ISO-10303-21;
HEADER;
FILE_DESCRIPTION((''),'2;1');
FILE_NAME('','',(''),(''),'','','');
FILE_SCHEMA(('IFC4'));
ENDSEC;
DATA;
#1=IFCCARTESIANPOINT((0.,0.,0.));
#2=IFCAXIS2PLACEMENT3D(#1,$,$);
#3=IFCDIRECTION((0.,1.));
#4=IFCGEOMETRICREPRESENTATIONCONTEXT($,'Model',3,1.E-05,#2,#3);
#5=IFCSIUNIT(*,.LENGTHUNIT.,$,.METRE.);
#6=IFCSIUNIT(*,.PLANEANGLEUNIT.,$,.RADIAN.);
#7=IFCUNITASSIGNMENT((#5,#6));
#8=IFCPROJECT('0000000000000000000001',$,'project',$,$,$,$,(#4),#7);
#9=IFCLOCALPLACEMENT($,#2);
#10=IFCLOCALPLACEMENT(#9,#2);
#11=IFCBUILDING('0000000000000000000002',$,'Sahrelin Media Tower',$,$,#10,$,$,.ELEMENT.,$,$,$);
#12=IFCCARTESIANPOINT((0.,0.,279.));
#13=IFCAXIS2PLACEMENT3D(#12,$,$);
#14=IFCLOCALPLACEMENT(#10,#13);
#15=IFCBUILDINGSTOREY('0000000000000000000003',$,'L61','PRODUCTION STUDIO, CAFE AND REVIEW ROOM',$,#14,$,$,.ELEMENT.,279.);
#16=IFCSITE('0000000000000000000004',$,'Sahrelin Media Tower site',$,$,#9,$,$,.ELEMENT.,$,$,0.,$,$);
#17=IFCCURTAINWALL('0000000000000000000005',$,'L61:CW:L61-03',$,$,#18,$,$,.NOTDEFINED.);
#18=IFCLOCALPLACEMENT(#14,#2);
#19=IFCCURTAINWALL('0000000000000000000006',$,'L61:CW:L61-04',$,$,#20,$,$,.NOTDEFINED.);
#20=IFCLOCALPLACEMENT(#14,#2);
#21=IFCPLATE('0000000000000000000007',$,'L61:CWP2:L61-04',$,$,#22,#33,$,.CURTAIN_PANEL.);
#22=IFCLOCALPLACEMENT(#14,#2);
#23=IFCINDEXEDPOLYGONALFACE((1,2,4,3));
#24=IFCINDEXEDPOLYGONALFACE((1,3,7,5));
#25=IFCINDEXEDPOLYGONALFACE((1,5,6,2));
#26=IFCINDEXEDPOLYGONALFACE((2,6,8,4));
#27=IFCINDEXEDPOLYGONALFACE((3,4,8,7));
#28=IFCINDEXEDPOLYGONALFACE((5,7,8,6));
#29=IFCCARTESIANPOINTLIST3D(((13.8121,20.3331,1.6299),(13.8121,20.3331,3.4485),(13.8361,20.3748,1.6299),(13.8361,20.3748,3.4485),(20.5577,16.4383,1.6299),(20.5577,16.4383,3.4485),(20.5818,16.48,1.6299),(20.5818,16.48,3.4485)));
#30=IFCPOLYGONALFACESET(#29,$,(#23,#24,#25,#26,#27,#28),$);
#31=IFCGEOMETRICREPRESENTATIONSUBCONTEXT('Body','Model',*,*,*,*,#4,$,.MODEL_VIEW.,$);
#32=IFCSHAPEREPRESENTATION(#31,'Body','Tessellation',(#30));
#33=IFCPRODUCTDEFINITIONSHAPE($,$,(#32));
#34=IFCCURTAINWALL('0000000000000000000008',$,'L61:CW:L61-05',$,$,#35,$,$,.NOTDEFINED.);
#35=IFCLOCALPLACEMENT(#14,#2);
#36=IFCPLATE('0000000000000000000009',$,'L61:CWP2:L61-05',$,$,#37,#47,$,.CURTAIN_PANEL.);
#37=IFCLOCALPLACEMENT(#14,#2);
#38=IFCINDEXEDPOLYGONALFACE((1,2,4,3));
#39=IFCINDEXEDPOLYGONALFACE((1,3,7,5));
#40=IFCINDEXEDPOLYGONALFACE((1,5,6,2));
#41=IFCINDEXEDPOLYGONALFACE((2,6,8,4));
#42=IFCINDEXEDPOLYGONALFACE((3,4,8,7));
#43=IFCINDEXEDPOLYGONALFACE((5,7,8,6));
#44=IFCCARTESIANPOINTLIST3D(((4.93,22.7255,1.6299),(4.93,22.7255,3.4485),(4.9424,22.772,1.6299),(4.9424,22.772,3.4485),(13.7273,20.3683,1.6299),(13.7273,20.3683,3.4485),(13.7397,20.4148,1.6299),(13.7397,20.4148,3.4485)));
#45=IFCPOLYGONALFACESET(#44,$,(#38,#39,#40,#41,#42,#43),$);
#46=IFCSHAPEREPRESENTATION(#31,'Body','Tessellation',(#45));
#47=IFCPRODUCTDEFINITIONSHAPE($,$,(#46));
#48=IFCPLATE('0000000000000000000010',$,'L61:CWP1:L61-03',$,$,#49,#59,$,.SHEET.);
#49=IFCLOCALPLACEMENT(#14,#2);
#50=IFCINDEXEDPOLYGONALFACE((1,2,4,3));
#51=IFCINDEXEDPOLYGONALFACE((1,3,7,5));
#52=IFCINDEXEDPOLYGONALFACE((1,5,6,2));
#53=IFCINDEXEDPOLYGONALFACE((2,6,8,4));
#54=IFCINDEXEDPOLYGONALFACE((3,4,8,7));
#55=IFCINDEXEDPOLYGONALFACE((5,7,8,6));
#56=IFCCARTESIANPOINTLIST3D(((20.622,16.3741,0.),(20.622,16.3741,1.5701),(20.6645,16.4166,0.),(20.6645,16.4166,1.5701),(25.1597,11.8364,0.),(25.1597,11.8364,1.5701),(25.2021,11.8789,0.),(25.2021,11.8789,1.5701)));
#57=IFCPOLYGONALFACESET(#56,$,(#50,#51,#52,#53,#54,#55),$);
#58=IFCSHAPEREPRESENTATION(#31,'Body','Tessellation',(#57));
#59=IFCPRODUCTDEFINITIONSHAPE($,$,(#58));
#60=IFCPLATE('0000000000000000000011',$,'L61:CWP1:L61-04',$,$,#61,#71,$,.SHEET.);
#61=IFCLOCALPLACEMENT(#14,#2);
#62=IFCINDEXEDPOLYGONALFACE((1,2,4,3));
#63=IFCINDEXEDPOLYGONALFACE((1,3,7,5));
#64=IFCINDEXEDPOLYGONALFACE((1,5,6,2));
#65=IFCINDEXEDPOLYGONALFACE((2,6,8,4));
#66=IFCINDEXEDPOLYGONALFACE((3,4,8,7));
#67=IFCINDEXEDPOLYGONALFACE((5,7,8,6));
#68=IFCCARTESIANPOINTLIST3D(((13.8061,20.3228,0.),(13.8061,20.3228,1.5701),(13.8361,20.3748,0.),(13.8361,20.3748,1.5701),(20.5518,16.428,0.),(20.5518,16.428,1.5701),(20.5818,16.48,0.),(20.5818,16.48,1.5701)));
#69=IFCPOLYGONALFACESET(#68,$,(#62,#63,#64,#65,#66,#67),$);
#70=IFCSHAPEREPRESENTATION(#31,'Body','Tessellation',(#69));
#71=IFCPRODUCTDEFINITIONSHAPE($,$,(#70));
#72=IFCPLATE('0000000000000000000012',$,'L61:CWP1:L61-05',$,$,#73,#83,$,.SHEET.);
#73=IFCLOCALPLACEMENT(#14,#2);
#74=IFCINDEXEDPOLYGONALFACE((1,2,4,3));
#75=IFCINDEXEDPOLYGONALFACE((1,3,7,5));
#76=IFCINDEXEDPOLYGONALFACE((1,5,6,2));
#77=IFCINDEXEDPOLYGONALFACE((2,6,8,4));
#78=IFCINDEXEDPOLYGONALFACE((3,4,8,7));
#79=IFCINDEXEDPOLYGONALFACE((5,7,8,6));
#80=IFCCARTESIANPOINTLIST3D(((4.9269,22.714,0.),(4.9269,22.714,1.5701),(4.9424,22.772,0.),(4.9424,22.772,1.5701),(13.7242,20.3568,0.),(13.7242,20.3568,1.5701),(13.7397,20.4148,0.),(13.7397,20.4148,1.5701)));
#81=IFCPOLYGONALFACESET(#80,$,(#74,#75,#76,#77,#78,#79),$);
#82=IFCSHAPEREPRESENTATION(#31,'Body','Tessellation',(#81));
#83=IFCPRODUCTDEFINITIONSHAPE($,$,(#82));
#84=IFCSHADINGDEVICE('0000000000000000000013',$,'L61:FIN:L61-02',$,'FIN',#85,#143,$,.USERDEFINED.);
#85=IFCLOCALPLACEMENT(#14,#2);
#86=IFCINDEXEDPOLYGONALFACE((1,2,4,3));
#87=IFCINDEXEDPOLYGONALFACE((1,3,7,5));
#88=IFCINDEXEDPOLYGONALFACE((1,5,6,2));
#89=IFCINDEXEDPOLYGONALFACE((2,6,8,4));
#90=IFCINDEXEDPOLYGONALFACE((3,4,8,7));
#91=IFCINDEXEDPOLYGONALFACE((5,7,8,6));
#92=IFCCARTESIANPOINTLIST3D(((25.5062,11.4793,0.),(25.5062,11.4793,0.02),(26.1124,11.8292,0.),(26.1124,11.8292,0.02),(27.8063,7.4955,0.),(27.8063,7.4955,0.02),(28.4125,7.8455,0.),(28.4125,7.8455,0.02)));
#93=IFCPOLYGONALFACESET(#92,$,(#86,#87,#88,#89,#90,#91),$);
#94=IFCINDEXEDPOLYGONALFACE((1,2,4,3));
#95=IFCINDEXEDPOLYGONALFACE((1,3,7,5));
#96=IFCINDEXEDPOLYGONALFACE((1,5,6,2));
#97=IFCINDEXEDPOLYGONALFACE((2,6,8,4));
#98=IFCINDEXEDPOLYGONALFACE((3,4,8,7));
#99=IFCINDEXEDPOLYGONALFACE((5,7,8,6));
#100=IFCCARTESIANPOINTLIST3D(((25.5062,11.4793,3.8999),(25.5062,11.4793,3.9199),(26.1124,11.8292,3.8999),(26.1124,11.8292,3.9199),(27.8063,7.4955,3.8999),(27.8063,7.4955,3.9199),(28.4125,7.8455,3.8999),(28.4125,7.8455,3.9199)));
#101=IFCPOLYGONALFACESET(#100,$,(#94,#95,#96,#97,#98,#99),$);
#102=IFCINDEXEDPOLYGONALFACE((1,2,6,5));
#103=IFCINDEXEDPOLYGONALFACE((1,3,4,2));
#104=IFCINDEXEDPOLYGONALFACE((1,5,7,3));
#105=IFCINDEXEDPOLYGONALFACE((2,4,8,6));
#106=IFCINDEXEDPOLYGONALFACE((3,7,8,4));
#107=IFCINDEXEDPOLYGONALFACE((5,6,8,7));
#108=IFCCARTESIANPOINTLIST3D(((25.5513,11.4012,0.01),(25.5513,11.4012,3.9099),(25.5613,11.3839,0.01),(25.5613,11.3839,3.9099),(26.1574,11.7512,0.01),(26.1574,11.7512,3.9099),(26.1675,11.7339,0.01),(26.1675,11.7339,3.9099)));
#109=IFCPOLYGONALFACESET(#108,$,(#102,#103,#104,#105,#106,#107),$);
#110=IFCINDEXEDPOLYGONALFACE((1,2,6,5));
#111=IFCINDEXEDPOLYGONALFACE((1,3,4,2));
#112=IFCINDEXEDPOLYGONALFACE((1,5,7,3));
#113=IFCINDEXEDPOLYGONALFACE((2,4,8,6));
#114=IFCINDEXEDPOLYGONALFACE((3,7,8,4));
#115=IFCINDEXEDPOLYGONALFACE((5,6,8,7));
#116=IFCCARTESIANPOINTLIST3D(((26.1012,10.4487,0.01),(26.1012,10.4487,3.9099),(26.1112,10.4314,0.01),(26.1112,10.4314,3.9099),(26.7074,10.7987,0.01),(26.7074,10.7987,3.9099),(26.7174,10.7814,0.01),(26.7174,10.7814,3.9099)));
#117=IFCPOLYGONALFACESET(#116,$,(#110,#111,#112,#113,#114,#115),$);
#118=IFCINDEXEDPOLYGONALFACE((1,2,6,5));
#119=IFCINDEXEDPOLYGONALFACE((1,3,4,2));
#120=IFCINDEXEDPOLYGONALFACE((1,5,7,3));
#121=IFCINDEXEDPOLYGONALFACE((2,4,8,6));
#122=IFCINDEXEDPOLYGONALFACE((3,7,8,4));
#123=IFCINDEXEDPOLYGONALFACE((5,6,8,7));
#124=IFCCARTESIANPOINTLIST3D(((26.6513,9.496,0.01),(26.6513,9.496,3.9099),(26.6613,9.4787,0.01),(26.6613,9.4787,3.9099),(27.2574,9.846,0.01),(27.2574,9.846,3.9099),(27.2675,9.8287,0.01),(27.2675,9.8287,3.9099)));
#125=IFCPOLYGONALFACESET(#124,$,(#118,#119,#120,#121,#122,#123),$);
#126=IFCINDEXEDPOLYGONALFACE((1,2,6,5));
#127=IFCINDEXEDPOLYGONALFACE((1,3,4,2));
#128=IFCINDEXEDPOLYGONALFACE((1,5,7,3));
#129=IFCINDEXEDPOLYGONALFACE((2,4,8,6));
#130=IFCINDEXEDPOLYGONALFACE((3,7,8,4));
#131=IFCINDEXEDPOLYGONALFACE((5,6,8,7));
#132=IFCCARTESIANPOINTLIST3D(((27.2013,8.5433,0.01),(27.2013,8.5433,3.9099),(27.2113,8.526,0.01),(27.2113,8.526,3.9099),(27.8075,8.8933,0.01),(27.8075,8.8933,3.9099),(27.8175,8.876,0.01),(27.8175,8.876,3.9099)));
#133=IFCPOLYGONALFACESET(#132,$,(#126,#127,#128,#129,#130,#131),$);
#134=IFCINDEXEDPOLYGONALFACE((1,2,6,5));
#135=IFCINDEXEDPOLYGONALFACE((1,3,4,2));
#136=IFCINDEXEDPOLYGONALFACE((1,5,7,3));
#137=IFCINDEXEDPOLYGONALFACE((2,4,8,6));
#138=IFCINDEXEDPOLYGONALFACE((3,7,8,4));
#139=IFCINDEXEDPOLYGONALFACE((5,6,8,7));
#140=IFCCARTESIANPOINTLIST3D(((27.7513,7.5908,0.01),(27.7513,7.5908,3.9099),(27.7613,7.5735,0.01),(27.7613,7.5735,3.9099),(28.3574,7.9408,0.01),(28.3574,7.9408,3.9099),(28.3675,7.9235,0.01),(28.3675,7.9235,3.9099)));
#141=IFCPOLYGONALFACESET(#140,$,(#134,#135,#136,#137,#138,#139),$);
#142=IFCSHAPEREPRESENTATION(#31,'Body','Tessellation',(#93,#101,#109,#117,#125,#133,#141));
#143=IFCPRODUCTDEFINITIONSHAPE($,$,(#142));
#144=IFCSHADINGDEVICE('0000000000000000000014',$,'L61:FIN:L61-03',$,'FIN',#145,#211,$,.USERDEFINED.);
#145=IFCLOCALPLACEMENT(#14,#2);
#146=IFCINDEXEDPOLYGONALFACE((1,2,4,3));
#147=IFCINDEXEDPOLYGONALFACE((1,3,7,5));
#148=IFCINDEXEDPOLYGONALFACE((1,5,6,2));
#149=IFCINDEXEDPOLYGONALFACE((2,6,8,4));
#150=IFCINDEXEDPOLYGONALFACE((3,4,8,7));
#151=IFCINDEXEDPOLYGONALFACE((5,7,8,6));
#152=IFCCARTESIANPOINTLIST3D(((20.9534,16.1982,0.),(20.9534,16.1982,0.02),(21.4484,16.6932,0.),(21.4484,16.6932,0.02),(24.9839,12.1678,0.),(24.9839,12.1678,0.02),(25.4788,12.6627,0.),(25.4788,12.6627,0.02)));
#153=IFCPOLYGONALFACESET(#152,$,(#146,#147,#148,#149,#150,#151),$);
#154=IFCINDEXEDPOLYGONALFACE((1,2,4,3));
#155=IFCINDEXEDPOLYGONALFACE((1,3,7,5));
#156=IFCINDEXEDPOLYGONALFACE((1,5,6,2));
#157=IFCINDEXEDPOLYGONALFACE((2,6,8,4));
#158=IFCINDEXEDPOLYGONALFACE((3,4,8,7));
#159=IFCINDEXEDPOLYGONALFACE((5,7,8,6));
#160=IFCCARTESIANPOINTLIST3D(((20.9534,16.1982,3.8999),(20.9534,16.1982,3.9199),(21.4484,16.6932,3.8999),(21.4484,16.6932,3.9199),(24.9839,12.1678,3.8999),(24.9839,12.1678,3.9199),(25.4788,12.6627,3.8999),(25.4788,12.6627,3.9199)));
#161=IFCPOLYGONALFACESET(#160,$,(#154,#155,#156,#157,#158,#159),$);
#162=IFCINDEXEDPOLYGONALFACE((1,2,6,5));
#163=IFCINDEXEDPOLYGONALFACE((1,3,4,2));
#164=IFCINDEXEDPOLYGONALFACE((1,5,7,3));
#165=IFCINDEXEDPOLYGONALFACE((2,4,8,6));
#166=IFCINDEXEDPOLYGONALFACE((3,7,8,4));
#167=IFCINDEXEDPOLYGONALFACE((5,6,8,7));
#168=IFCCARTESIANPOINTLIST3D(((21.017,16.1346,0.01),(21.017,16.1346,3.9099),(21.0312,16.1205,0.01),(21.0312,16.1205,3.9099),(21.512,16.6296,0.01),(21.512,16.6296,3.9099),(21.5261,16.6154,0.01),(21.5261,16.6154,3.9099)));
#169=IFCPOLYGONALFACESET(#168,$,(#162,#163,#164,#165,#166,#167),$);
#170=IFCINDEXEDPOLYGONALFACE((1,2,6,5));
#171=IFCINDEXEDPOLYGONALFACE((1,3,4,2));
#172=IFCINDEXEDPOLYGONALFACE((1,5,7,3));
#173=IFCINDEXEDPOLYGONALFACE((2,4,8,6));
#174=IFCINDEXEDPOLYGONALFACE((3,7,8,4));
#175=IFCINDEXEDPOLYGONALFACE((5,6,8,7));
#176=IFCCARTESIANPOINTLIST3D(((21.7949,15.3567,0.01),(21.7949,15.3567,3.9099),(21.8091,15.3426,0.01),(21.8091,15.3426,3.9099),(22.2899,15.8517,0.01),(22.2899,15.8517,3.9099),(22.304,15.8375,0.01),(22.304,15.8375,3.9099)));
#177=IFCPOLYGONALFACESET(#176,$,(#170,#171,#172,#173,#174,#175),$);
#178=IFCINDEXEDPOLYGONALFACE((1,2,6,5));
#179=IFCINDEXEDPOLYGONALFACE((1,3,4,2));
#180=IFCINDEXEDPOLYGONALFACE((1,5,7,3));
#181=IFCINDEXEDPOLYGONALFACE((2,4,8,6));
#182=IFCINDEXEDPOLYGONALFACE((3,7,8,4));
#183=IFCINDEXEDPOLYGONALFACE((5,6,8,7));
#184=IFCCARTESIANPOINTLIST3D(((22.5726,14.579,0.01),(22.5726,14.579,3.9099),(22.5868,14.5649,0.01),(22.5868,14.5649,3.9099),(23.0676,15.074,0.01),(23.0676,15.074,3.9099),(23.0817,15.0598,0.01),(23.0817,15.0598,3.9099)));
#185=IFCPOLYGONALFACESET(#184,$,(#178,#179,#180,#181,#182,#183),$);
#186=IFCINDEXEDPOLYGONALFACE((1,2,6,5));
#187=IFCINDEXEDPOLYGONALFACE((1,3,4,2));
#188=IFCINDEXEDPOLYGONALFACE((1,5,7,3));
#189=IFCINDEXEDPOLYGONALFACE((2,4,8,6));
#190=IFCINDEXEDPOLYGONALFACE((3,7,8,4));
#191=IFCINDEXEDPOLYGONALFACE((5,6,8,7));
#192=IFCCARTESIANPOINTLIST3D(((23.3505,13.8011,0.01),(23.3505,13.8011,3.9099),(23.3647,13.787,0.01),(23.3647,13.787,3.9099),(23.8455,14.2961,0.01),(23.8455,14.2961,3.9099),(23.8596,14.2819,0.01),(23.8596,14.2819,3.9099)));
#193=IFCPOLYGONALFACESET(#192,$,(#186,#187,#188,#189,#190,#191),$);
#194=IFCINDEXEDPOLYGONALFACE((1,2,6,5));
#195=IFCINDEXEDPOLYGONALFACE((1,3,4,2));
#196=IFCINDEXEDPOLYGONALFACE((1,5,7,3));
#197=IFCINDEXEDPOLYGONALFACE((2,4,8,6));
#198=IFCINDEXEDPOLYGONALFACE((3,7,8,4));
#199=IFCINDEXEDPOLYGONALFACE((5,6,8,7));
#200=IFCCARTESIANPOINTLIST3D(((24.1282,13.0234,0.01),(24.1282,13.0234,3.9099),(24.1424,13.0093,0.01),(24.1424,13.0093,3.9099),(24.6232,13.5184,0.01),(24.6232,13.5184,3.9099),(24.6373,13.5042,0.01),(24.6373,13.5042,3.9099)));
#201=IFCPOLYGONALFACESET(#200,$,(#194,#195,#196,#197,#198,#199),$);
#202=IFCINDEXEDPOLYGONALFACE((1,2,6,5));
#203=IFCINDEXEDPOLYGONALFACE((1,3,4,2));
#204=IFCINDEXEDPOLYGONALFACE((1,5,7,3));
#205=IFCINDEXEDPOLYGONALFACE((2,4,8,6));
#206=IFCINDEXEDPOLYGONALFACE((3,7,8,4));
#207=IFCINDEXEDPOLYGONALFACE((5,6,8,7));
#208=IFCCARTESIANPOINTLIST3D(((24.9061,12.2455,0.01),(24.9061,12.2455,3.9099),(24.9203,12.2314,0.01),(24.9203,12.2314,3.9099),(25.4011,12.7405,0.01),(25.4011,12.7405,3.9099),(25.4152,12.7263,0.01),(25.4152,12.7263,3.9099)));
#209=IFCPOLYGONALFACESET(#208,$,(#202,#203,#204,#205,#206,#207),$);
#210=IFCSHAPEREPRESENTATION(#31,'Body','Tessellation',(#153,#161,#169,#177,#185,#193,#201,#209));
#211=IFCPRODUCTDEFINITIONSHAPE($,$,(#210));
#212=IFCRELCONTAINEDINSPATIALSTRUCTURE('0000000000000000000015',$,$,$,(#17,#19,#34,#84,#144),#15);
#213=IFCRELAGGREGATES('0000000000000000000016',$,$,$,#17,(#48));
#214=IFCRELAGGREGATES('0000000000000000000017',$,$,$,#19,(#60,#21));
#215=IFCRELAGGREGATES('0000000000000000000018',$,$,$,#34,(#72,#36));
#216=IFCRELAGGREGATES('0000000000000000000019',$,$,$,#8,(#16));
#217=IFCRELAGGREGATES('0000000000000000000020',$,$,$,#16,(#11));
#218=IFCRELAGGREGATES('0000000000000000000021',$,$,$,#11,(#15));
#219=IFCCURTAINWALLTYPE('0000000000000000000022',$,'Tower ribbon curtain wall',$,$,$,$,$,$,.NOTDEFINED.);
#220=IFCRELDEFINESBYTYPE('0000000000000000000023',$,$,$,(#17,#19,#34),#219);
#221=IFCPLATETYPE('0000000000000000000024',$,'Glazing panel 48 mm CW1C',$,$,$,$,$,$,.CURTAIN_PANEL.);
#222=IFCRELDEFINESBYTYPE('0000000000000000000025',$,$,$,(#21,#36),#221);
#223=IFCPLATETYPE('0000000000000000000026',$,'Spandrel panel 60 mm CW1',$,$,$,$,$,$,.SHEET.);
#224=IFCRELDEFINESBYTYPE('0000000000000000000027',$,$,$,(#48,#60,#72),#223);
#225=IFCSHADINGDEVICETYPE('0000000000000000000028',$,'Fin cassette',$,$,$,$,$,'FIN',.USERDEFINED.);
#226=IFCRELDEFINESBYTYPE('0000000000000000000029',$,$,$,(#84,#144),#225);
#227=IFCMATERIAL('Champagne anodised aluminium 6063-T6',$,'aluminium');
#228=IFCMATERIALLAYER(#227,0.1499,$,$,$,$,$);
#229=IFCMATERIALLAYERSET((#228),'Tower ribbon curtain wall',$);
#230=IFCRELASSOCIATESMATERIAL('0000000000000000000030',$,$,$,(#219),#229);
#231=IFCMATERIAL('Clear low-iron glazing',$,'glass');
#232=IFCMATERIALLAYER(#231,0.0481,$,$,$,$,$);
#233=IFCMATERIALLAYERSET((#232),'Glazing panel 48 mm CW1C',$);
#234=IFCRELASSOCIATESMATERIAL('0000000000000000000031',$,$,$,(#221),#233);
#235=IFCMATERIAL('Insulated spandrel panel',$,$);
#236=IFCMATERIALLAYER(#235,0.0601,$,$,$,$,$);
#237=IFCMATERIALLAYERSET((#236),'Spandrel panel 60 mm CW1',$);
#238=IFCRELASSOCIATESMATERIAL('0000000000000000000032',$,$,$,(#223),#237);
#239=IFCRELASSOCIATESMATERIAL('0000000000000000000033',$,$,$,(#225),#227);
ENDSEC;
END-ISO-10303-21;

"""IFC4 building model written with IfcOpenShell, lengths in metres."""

from ifc_helpers import new_model, si_unit, direction, frame, origin, origin_2d, place, context, subcontext, project, spatial, polyline, rectangle, outline, extrude, material, layer, layer_set, type_object, element, aggregate, save


model = new_model("IFC4")

# Units and contexts
model_context = context("Model", 3, precision=1e-05, world=origin(), true_north=direction((0.0, 1.0)))
body_context = subcontext(model_context, "Body", "Model", "MODEL_VIEW")
ifc_project = project(units=[si_unit("LENGTHUNIT", "METRE"), si_unit("PLANEANGLEUNIT", "RADIAN")], contexts=[model_context])

# Site, building, storey
site_placement = place(None, origin())
site = spatial("IfcSite", under=ifc_project, at=site_placement, Name="Sahrelin Media Tower site", CompositionType="ELEMENT", RefElevation=0.0)
building_placement = place(site_placement, origin())
building = spatial("IfcBuilding", under=site, at=building_placement, Name="Sahrelin Media Tower", CompositionType="ELEMENT")
storey_placement = place(building_placement, frame((0.0, 0.0, 279.0)))
storey = spatial("IfcBuildingStorey", under=building, at=storey_placement, Name="L61", Description="PRODUCTION STUDIO, CAFE AND REVIEW ROOM", CompositionType="ELEMENT", Elevation=279.0)

# Curtain walls
ifc_material_1 = material(Name="Champagne anodised aluminium 6063-T6", Category="aluminium")
ifc_layer_1 = layer(ifc_material_1, 0.1499)
ifc_layer_set_1 = layer_set([ifc_layer_1], Name="Tower ribbon curtain wall")
curtain_wall_type = type_object("IfcCurtainWallType", Name="Tower ribbon curtain wall", PredefinedType="NOTDEFINED", material=ifc_layer_set_1)
curtain_wall_1_placement = place(storey_placement, frame((22.9192, 14.1335, 0.0), z_axis=(0.0, 0.0, 1.0), x_axis=(1.0, 0.0, 0.0)))
curtain_wall_1 = element("IfcCurtainWall", 1, at=curtain_wall_1_placement, inside=storey, type_object=curtain_wall_type, Name="L61:CW:L61-03", PredefinedType="NOTDEFINED")
curtain_wall_2_placement = place(storey_placement, frame((17.199, 18.4102, 0.0), z_axis=(0.0, 0.0, 1.0), x_axis=(1.0, 0.0, 0.0)))
curtain_wall_2 = element("IfcCurtainWall", 2, at=curtain_wall_2_placement, inside=storey, type_object=curtain_wall_type, Name="L61:CW:L61-04", PredefinedType="NOTDEFINED")

# Plate
ifc_material_2 = material(Name="Clear low-iron glazing", Category="glass")
ifc_layer_2 = layer(ifc_material_2, 0.0481)
ifc_layer_set_2 = layer_set([ifc_layer_2], Name="Glazing panel 48 mm CW1C")
plate_type_1 = type_object("IfcPlateType", Name="Glazing panel 48 mm CW1C", PredefinedType="CURTAIN_PANEL", material=ifc_layer_set_2)
plate_1_placement = place(storey_placement, frame((20.5818, 16.48, 1.6299), z_axis=(0.500019, 0.866014, 0.0), x_axis=(-0.866014, 0.500019, 0.0)))
plate_1 = element("IfcPlate", 3, at=plate_1_placement, type_object=plate_type_1, Name="L61:CWP2:L61-04", PredefinedType="CURTAIN_PANEL", context=body_context, shape_type="SweptSolid", body=[
    extrude(outline(polyline([(0.0, 0.0), (7.7893, 0.0), (7.7893, 1.8186), (0.0, 1.8186), (0.0, 0.0)])), origin(), (0.0, 0.0, -1.0), 0.0481),
])

# Curtain wall, plate
curtain_wall_3_placement = place(storey_placement, frame((9.3359, 21.574, 0.0), z_axis=(0.0, 0.0, 1.0), x_axis=(1.0, 0.0, 0.0)))
curtain_wall_3 = element("IfcCurtainWall", 4, at=curtain_wall_3_placement, inside=storey, type_object=curtain_wall_type, Name="L61:CW:L61-05", PredefinedType="NOTDEFINED")
plate_2_placement = place(storey_placement, frame((13.7397, 20.4148, 1.6299), z_axis=(0.258812, 0.965928, 0.0), x_axis=(-0.965928, 0.258812, 0.0)))
plate_2 = element("IfcPlate", 5, at=plate_2_placement, type_object=plate_type_1, Name="L61:CWP2:L61-05", PredefinedType="CURTAIN_PANEL", context=body_context, shape_type="SweptSolid", body=[
    extrude(outline(polyline([(0.0, 0.0), (9.1077, 0.0), (9.1077, 1.8186), (0.0, 1.8186), (0.0, 0.0)])), origin(), (0.0, 0.0, -1.0), 0.0481),
])

# Plates
ifc_material_3 = material(Name="Insulated spandrel panel")
ifc_layer_3 = layer(ifc_material_3, 0.0601)
ifc_layer_set_3 = layer_set([ifc_layer_3], Name="Spandrel panel 60 mm CW1")
plate_type_2 = type_object("IfcPlateType", Name="Spandrel panel 60 mm CW1", PredefinedType="SHEET", material=ifc_layer_set_3)
plate_3_placement = place(storey_placement, frame((25.2021, 11.8789, 0.0), z_axis=(0.707107, 0.707107, 0.0), x_axis=(-0.707107, 0.707107, 0.0)))
plate_3 = element("IfcPlate", 6, at=plate_3_placement, type_object=plate_type_2, Name="L61:CWP1:L61-03", PredefinedType="SHEET", context=body_context, shape_type="SweptSolid", body=[
    extrude(outline(polyline([(0.0, 0.0), (6.4172, 0.0), (6.4172, 1.5701), (0.0, 1.5701), (0.0, 0.0)])), origin(), (0.0, 0.0, -1.0), 0.0601),
])
aggregate(curtain_wall_1, [plate_3])
plate_4_placement = place(storey_placement, frame((20.5818, 16.48, 0.0), z_axis=(0.500019, 0.866014, 0.0), x_axis=(-0.866014, 0.500019, 0.0)))
plate_4 = element("IfcPlate", 7, at=plate_4_placement, type_object=plate_type_2, Name="L61:CWP1:L61-04", PredefinedType="SHEET", context=body_context, shape_type="SweptSolid", body=[
    extrude(outline(polyline([(0.0, 0.0), (7.7893, 0.0), (7.7893, 1.5701), (0.0, 1.5701), (0.0, 0.0)])), origin(), (0.0, 0.0, -1.0), 0.0601),
])
aggregate(curtain_wall_2, [plate_4, plate_1])
plate_5_placement = place(storey_placement, frame((13.7397, 20.4148, 0.0), z_axis=(0.258812, 0.965928, 0.0), x_axis=(-0.965928, 0.258812, 0.0)))
plate_5 = element("IfcPlate", 8, at=plate_5_placement, type_object=plate_type_2, Name="L61:CWP1:L61-05", PredefinedType="SHEET", context=body_context, shape_type="SweptSolid", body=[
    extrude(outline(polyline([(0.0, 0.0), (9.1077, 0.0), (9.1077, 1.5701), (0.0, 1.5701), (0.0, 0.0)])), origin(), (0.0, 0.0, -1.0), 0.0601),
])
aggregate(curtain_wall_3, [plate_5, plate_2])

# Shading devices
shading_device_type_1 = type_object("IfcShadingDeviceType", Name="Fin cassette", ElementType="FIN", PredefinedType="USERDEFINED", material=ifc_material_1)
shading_device_1_placement = place(storey_placement, frame((26.5957, 9.4524, 0.0), z_axis=(0.0, 0.0, 1.0), x_axis=(0.500011, -0.866019, 0.0)))
element("IfcShadingDevice", 9, at=shading_device_1_placement, inside=storey, type_object=shading_device_type_1, Name="L61:FIN:L61-02", ObjectType="FIN", PredefinedType="USERDEFINED", context=body_context, shape_type="SweptSolid", body=[
    extrude(rectangle(XDim=4.6001, YDim=0.7, at=origin_2d()), frame((0.0, 0.4199, 0.0)), (0.0, 0.0, 1.0), 0.02),
    extrude(rectangle(XDim=4.6001, YDim=0.7, at=origin_2d()), frame((0.0, 0.4199, 3.8999)), (0.0, 0.0, 1.0), 0.02),
    extrude(rectangle(XDim=0.02, YDim=0.7, at=origin_2d()), frame((-2.2, 0.4199, 0.01), z_axis=(0.0, 0.0, 1.0), x_axis=(1.0, 0.0, 0.0)), (0.0, 0.0, 1.0), 3.8999),
    extrude(rectangle(XDim=0.02, YDim=0.7, at=origin_2d()), frame((-1.1001, 0.4199, 0.01), z_axis=(0.0, 0.0, 1.0), x_axis=(1.0, 0.0, 0.0)), (0.0, 0.0, 1.0), 3.8999),
    extrude(rectangle(XDim=0.02, YDim=0.7, at=origin_2d()), frame((0.0, 0.4199, 0.01), z_axis=(0.0, 0.0, 1.0), x_axis=(1.0, 0.0, 0.0)), (0.0, 0.0, 1.0), 3.8999),
    extrude(rectangle(XDim=0.02, YDim=0.7, at=origin_2d()), frame((1.1001, 0.4199, 0.01), z_axis=(0.0, 0.0, 1.0), x_axis=(1.0, 0.0, 0.0)), (0.0, 0.0, 1.0), 3.8999),
    extrude(rectangle(XDim=0.02, YDim=0.7, at=origin_2d()), frame((2.2, 0.4199, 0.01), z_axis=(0.0, 0.0, 1.0), x_axis=(1.0, 0.0, 0.0)), (0.0, 0.0, 1.0), 3.8999),
])
placement_1 = place(storey_placement, frame((22.9192, 14.1335, 0.0), z_axis=(0.0, 0.0, 1.0), x_axis=(0.707107, -0.707107, 0.0)))
element("IfcShadingDevice", 10, at=placement_1, inside=storey, type_object=shading_device_type_1, Name="L61:FIN:L61-03", ObjectType="FIN", PredefinedType="USERDEFINED", context=body_context, shape_type="SweptSolid", body=[
    extrude(rectangle(XDim=5.7, YDim=0.7, at=origin_2d()), frame((0.0, 0.4199, 0.0)), (0.0, 0.0, 1.0), 0.02),
    extrude(rectangle(XDim=5.7, YDim=0.7, at=origin_2d()), frame((0.0, 0.4199, 3.8999)), (0.0, 0.0, 1.0), 0.02),
    extrude(rectangle(XDim=0.02, YDim=0.7, at=origin_2d()), frame((-2.75, 0.4199, 0.01), z_axis=(0.0, 0.0, 1.0), x_axis=(1.0, 0.0, 0.0)), (0.0, 0.0, 1.0), 3.8999),
    extrude(rectangle(XDim=0.02, YDim=0.7, at=origin_2d()), frame((-1.6499, 0.4199, 0.01), z_axis=(0.0, 0.0, 1.0), x_axis=(1.0, 0.0, 0.0)), (0.0, 0.0, 1.0), 3.8999),
    extrude(rectangle(XDim=0.02, YDim=0.7, at=origin_2d()), frame((-0.55, 0.4199, 0.01), z_axis=(0.0, 0.0, 1.0), x_axis=(1.0, 0.0, 0.0)), (0.0, 0.0, 1.0), 3.8999),
    extrude(rectangle(XDim=0.02, YDim=0.7, at=origin_2d()), frame((0.55, 0.4199, 0.01), z_axis=(0.0, 0.0, 1.0), x_axis=(1.0, 0.0, 0.0)), (0.0, 0.0, 1.0), 3.8999),
    extrude(rectangle(XDim=0.02, YDim=0.7, at=origin_2d()), frame((1.6499, 0.4199, 0.01), z_axis=(0.0, 0.0, 1.0), x_axis=(1.0, 0.0, 0.0)), (0.0, 0.0, 1.0), 3.8999),
    extrude(rectangle(XDim=0.02, YDim=0.7, at=origin_2d()), frame((2.75, 0.4199, 0.01), z_axis=(0.0, 0.0, 1.0), x_axis=(1.0, 0.0, 0.0)), (0.0, 0.0, 1.0), 3.8999),
])

save(model, "model.ifc")
